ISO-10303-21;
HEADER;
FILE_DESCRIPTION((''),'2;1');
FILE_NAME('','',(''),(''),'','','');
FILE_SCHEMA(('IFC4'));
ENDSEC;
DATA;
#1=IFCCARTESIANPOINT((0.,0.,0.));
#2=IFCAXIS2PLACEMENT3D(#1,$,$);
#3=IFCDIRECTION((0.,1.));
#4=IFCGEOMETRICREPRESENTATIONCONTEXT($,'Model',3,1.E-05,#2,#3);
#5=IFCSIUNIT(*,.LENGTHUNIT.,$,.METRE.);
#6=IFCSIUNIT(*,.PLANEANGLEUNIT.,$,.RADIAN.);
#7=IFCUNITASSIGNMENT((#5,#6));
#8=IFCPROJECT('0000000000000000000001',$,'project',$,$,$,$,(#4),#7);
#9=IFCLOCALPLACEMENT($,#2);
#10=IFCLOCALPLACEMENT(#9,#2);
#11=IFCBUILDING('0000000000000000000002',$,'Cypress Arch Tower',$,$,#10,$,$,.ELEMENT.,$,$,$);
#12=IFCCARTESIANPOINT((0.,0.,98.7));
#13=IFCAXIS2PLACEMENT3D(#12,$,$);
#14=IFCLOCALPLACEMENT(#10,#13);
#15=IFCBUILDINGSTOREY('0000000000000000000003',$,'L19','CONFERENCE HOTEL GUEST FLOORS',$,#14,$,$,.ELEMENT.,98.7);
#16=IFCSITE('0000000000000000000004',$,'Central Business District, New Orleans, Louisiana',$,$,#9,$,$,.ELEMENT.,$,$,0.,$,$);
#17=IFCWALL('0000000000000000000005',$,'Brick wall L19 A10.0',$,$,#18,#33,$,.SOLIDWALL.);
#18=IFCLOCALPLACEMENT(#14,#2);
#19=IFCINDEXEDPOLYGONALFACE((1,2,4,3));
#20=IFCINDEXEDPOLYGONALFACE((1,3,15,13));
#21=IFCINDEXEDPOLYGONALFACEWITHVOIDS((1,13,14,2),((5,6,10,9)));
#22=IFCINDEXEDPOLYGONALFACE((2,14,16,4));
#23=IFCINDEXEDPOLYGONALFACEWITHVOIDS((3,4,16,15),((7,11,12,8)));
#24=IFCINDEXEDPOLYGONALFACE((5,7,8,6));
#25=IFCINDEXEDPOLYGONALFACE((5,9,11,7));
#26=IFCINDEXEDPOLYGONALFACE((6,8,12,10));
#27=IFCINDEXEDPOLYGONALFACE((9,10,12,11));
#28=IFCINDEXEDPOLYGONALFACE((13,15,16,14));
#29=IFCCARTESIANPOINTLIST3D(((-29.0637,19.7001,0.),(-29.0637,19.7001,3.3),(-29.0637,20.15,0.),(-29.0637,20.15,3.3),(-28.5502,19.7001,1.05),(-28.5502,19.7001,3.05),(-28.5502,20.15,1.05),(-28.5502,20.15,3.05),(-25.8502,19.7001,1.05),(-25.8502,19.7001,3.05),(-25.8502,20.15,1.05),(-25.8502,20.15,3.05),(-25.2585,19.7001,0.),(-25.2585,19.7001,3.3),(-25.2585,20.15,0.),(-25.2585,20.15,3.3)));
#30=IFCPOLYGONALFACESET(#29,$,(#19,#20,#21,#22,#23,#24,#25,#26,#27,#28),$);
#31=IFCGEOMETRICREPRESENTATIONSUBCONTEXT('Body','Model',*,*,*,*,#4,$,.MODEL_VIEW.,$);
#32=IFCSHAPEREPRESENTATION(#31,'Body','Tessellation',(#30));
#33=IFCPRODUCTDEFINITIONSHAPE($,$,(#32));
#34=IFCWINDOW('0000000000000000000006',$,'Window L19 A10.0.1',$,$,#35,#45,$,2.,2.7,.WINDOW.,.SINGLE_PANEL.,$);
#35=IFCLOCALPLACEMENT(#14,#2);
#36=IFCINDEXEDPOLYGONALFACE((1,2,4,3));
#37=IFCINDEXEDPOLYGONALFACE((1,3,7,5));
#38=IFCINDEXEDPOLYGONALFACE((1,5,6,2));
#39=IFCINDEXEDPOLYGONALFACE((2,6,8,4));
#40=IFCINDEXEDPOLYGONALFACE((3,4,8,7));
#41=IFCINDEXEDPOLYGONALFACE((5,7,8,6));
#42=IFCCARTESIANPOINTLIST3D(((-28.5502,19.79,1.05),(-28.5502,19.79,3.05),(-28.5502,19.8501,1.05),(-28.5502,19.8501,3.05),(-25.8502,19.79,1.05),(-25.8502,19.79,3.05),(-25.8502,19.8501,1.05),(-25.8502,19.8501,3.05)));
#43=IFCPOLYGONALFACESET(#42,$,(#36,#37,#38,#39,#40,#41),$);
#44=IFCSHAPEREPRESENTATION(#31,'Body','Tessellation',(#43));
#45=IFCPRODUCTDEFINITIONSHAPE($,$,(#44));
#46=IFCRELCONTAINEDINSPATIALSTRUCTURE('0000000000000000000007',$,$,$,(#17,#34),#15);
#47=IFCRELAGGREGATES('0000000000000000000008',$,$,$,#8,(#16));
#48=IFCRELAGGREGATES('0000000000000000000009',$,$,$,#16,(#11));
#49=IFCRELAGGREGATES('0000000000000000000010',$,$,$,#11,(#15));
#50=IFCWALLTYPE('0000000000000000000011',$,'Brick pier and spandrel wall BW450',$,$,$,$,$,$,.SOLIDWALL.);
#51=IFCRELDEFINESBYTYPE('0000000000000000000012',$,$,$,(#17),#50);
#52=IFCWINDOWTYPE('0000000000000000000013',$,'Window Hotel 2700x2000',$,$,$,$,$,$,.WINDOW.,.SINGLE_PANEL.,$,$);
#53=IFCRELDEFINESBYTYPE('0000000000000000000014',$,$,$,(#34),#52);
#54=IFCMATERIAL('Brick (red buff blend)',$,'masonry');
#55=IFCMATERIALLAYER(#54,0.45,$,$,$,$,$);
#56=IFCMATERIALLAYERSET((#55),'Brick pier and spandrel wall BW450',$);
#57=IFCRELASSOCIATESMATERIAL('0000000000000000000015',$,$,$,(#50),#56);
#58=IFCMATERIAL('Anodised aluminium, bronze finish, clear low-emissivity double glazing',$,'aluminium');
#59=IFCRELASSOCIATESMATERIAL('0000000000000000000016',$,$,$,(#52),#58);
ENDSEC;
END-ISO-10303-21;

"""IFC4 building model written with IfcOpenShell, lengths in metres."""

from ifc_helpers import new_model, si_unit, direction, frame, frame_2d, origin, place, context, subcontext, project, spatial, rectangle, extrude, material, layer, layer_set, type_object, element, fill, save


model = new_model("IFC4")

# Units and contexts
model_context = context("Model", 3, precision=1e-05, world=origin(), true_north=direction((0.0, 1.0)))
body_context = subcontext(model_context, "Body", "Model", "MODEL_VIEW")
ifc_project = project(units=[si_unit("LENGTHUNIT", "METRE"), si_unit("PLANEANGLEUNIT", "RADIAN")], contexts=[model_context])

# Site, building, storey
site_placement = place(None, origin())
site = spatial("IfcSite", under=ifc_project, at=site_placement, Name="Central Business District, New Orleans, Louisiana", CompositionType="ELEMENT", RefElevation=0.0)
building_placement = place(site_placement, origin())
building = spatial("IfcBuilding", under=site, at=building_placement, Name="Cypress Arch Tower", CompositionType="ELEMENT")
storey_placement = place(building_placement, frame((0.0, 0.0, 98.7)))
storey = spatial("IfcBuildingStorey", under=building, at=storey_placement, Name="L19", Description="CONFERENCE HOTEL GUEST FLOORS", CompositionType="ELEMENT", Elevation=98.7)

# Shared definitions
ifc_material_1 = material(Name="Brick (red buff blend)", Category="masonry")
ifc_layer = layer(ifc_material_1, 0.45)
ifc_layer_set = layer_set([ifc_layer], Name="Brick pier and spandrel wall BW450")
wall_type = type_object("IfcWallType", Name="Brick pier and spandrel wall BW450", PredefinedType="SOLIDWALL", material=ifc_layer_set)

# Wall, opening, window
wall_1_placement = place(storey_placement, frame((-25.2585, 19.925, 0.0), z_axis=(0.0, 0.0, 1.0), x_axis=(-1.0, 0.0, 0.0)))
wall_1 = element("IfcWall", 1, at=wall_1_placement, inside=storey, type_object=wall_type, Name="Brick wall L19 A10.0", PredefinedType="SOLIDWALL", context=body_context, shape_type="SweptSolid", body=[
    extrude(rectangle(XDim=3.8052, YDim=0.45, at=frame_2d((1.9026, 0.0))), origin(), (0.0, 0.0, 1.0), 3.3),
])
opening_1_placement = place(wall_1_placement, frame((0.5916, 0.0, 1.05)))
opening_1 = element("IfcOpeningElement", 2, at=opening_1_placement, cuts=wall_1, PredefinedType="OPENING", context=body_context, shape_type="SweptSolid", body=[
    extrude(rectangle(XDim=2.7, YDim=2.0, at=frame_2d((1.3501, 1.0))), frame((0.0, 0.2349, 0.0), z_axis=(0.0, -1.0, 0.0), x_axis=(1.0, 0.0, 0.0)), (0.0, 0.0, 1.0), 0.47),
])
ifc_material_2 = material(Name="Anodised aluminium, bronze finish, clear low-emissivity double glazing", Category="aluminium")
window_type_1 = type_object("IfcWindowType", Name="Window Hotel 2700x2000", PartitioningType="SINGLE_PANEL", PredefinedType="WINDOW", material=ifc_material_2)
window_1_placement = place(opening_1_placement, origin())
window_1 = element("IfcWindow", 3, at=window_1_placement, inside=storey, type_object=window_type_1, Name="Window L19 A10.0.1", OverallHeight=2.0, OverallWidth=2.7, PartitioningType="SINGLE_PANEL", PredefinedType="WINDOW", context=body_context, shape_type="SweptSolid", body=[
    extrude(rectangle(XDim=2.7, YDim=2.0, at=frame_2d((1.3501, 1.0))), frame((0.0, 0.135, 0.0), z_axis=(0.0, -1.0, 0.0), x_axis=(1.0, 0.0, 0.0)), (0.0, 0.0, 1.0), 0.0601),
])
fill(opening_1, window_1)

save(model, "model.ifc")
